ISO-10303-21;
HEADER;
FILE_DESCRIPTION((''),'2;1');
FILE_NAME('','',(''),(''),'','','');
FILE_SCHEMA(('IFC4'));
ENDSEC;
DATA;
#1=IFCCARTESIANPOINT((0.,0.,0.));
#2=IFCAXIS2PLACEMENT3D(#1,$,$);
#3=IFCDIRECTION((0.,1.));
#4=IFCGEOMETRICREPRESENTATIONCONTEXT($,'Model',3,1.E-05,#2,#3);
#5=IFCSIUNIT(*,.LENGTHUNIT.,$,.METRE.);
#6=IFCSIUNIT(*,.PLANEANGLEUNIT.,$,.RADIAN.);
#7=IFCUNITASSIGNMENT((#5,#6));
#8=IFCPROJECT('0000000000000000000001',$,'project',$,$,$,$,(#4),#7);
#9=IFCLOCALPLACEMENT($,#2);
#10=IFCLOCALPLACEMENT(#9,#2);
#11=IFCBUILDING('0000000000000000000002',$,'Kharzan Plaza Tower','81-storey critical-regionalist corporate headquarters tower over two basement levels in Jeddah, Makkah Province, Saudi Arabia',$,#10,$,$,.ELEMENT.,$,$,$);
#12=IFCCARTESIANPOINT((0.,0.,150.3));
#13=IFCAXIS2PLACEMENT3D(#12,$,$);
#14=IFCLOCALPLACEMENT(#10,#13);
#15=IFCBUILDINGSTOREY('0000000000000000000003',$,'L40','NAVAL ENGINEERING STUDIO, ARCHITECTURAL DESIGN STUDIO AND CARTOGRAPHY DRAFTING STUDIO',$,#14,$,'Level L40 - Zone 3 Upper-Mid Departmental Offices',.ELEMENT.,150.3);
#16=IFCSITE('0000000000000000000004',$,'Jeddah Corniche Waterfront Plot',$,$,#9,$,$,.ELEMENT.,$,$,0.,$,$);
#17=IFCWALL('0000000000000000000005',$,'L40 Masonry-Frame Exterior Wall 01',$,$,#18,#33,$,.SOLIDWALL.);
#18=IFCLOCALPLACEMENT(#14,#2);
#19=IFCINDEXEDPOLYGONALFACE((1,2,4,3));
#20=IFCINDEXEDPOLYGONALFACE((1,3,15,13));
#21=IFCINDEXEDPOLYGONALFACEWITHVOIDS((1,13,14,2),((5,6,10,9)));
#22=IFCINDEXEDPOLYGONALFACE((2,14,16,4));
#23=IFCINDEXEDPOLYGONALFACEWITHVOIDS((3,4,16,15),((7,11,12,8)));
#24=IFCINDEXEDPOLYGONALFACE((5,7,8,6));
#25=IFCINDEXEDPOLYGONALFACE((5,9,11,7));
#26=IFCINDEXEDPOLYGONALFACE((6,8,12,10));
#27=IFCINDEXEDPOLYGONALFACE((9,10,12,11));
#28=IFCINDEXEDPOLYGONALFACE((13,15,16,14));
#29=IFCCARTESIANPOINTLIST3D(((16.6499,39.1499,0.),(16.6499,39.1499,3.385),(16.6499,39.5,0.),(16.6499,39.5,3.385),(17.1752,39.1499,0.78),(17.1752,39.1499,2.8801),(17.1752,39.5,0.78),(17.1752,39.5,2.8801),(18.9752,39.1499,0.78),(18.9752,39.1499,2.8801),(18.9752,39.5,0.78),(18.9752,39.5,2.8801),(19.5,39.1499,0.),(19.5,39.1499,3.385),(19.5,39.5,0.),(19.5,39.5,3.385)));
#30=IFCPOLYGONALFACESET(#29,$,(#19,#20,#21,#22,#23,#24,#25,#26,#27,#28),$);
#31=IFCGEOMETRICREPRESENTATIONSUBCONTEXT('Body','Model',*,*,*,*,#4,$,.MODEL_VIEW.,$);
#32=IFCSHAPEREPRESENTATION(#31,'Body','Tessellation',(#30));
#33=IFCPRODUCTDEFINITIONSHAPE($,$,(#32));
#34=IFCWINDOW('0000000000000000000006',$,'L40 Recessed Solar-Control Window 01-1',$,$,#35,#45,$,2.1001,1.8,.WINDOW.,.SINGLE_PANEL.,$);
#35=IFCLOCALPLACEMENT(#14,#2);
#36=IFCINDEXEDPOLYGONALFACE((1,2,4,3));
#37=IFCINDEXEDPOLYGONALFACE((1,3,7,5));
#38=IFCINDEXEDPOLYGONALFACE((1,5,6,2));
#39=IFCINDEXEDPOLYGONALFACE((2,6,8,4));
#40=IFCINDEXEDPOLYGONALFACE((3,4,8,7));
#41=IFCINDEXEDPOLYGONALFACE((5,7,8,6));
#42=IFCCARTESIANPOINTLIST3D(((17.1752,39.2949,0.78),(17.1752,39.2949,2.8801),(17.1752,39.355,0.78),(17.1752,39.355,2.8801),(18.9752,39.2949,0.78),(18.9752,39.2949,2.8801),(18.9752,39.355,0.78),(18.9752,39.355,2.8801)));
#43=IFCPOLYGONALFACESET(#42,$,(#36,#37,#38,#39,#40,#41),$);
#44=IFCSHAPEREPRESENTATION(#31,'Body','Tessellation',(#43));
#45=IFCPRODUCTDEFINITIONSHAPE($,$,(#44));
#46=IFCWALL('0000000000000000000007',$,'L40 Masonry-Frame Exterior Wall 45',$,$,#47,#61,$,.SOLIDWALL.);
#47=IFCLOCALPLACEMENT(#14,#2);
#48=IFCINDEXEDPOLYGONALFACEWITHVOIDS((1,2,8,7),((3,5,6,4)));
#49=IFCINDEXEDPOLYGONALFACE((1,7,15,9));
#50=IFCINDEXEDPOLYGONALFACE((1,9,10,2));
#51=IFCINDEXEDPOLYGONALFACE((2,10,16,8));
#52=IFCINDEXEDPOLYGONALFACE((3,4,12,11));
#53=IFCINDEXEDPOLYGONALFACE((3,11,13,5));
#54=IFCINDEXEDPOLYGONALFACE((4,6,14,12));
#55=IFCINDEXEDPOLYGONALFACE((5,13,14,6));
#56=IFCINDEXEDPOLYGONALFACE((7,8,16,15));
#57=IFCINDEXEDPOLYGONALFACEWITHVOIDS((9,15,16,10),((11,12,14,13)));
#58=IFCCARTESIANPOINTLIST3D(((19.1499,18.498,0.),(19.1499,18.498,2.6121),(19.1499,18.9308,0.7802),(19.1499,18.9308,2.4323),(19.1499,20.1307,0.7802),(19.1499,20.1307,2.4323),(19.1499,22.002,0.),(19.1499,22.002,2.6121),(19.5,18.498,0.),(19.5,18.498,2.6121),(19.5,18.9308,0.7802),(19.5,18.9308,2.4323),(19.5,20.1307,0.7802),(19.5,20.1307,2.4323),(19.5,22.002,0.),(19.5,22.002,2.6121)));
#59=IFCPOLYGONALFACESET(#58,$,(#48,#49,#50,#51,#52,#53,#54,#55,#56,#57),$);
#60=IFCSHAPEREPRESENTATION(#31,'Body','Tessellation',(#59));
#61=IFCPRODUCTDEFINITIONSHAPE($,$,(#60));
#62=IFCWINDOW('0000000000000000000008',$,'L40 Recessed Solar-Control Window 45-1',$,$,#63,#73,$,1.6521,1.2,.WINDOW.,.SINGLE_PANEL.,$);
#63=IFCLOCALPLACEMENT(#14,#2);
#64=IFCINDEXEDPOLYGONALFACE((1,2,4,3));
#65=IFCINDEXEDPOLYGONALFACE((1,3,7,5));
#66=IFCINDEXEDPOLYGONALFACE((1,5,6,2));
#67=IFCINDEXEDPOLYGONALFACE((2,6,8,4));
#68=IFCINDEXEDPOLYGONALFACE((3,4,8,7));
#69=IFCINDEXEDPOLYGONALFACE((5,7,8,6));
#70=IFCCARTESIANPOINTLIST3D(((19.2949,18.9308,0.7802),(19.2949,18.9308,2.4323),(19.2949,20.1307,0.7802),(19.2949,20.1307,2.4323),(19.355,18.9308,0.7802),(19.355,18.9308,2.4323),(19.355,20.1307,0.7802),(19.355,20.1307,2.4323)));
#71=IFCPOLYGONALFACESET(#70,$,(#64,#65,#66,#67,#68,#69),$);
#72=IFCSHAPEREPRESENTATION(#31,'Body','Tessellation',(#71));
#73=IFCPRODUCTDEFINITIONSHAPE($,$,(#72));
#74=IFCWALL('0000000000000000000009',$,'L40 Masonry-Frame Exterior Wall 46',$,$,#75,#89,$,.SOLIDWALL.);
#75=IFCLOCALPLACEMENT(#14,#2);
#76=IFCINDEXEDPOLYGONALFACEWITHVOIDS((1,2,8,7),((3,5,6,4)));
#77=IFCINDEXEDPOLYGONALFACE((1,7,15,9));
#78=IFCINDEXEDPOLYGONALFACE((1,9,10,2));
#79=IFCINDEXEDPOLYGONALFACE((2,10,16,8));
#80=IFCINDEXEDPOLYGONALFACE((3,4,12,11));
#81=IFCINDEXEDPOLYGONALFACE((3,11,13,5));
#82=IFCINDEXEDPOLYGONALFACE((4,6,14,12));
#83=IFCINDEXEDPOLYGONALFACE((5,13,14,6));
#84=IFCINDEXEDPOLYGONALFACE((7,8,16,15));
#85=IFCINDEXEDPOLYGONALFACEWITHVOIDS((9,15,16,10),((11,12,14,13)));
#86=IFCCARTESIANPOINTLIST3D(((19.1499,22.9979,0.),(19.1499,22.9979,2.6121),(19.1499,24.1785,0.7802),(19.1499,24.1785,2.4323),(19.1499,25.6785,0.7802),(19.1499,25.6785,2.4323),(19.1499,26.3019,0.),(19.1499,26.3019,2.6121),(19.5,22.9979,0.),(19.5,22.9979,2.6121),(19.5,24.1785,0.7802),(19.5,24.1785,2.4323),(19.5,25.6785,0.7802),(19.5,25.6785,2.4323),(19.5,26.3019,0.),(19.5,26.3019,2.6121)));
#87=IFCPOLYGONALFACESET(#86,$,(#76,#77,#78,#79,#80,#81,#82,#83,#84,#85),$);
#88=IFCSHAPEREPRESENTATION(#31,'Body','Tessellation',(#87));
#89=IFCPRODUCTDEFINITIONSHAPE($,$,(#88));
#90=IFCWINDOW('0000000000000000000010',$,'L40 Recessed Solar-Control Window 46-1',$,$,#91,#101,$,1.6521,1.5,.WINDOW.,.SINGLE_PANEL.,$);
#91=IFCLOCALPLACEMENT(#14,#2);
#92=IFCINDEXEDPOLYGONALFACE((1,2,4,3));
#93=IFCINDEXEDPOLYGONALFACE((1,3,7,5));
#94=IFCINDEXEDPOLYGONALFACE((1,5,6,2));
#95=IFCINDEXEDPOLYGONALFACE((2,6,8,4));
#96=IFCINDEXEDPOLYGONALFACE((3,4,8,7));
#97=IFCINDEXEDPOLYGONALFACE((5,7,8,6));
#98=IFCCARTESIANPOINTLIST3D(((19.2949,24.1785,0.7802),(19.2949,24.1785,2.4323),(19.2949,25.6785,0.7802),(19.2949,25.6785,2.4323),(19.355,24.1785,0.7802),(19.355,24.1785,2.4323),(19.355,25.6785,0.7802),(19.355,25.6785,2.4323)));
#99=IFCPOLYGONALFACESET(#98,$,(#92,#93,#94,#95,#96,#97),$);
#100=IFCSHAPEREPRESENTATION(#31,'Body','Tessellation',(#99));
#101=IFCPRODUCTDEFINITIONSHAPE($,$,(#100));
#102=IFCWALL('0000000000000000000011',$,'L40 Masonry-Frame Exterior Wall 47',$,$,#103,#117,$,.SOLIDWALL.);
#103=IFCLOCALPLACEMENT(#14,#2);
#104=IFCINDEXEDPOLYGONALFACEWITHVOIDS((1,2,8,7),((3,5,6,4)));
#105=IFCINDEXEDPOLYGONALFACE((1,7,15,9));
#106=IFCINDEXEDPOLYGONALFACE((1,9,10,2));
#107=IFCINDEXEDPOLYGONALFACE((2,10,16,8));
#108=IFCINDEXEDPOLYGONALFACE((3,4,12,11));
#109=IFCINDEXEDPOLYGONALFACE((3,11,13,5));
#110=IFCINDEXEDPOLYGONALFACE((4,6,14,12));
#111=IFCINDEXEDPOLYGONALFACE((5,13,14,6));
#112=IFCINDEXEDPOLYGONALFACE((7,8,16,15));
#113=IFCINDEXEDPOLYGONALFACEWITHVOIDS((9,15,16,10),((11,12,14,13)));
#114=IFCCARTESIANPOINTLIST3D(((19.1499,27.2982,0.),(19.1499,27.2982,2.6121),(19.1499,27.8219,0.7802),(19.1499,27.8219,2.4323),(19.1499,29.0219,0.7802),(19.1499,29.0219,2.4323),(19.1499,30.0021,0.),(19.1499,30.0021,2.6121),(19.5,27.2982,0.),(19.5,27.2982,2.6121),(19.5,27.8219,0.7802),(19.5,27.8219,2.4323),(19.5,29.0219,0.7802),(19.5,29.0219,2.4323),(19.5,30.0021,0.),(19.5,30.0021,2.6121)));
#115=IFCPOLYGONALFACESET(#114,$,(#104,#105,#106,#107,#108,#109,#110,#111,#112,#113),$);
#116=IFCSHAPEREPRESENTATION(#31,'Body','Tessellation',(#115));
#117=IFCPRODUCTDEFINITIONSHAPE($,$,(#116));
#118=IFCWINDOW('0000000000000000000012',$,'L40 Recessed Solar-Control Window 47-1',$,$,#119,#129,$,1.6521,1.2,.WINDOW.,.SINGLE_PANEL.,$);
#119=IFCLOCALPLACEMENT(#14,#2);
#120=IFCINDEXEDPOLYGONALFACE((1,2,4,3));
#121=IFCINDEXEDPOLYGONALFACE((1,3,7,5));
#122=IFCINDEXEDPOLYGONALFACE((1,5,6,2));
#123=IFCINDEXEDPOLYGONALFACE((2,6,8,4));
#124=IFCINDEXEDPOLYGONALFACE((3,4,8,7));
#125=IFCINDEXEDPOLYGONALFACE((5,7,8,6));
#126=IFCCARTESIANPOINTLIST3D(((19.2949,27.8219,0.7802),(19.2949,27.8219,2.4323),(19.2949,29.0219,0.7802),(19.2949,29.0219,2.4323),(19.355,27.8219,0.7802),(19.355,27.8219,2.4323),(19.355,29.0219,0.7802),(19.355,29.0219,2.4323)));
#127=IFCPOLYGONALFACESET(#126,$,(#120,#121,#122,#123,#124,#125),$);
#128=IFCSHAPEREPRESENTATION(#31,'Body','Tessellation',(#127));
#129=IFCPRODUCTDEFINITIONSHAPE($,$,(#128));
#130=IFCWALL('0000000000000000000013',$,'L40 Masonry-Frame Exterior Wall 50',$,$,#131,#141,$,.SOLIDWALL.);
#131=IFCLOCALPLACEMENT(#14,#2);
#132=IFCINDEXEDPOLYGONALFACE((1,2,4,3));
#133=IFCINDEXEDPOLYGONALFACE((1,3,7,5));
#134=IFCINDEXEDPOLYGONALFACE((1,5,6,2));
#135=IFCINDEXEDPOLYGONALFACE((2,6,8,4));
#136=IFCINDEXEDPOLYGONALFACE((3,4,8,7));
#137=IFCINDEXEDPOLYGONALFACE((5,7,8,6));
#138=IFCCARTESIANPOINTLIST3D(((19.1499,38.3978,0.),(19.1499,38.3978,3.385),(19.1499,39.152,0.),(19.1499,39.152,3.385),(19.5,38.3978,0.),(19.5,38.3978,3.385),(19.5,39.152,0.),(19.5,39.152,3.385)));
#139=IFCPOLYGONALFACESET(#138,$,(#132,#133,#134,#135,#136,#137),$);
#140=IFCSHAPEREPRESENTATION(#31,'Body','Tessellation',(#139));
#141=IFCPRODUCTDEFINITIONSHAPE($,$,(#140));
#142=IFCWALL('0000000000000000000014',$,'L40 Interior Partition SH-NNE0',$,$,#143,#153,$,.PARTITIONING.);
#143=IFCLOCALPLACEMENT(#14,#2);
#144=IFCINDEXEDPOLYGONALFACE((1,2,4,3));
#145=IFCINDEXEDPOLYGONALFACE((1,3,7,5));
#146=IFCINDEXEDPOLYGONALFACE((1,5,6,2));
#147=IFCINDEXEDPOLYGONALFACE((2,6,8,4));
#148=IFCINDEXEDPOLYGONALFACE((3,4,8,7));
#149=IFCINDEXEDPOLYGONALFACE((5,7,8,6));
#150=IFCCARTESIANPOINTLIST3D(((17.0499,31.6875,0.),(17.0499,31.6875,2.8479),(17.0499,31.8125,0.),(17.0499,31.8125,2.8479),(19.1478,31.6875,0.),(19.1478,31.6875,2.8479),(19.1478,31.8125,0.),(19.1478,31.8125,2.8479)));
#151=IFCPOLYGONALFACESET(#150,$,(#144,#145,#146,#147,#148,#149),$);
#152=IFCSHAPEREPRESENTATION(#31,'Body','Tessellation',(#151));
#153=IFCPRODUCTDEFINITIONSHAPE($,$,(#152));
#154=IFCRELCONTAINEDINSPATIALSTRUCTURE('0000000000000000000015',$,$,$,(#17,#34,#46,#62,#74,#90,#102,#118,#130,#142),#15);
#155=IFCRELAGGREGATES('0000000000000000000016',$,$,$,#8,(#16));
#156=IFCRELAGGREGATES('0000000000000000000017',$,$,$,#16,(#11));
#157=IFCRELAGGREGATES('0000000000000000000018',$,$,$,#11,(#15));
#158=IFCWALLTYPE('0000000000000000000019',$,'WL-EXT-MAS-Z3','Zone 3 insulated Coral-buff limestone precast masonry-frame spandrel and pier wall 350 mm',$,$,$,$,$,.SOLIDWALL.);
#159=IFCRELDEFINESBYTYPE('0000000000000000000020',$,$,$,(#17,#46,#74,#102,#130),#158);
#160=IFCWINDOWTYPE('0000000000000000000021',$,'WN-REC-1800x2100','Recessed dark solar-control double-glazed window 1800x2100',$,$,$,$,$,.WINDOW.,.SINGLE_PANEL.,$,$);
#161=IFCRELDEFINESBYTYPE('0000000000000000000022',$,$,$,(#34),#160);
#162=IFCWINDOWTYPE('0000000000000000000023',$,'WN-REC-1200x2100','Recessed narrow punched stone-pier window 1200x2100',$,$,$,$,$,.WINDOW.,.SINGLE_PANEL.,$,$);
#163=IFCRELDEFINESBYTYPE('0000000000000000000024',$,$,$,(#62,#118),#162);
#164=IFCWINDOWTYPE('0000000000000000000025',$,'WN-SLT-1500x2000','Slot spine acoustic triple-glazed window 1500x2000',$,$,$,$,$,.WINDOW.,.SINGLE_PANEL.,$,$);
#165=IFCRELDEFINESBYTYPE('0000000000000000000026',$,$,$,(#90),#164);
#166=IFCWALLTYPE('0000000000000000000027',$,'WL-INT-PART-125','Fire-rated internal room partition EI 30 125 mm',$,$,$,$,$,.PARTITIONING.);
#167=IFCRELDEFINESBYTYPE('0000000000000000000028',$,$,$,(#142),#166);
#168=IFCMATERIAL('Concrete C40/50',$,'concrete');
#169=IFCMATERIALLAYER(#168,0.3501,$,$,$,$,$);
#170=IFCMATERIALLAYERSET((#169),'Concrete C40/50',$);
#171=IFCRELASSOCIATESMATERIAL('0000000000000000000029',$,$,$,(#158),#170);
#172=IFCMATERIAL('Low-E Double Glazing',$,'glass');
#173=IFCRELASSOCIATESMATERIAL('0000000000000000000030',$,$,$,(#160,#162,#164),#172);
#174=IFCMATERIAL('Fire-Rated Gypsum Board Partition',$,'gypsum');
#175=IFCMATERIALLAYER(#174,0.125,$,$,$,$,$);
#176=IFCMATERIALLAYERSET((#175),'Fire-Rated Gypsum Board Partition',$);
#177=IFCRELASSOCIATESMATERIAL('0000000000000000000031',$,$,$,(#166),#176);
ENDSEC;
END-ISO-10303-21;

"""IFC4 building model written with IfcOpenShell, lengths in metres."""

from ifc_helpers import new_model, si_unit, direction, frame, frame_2d, origin, place, context, subcontext, project, spatial, rectangle, extrude, source, transform, mapped, material, layer, layer_set, type_object, element, fill, save


model = new_model("IFC4")

# Units and contexts
model_context = context("Model", 3, precision=1e-05, world=origin(), true_north=direction((0.0, 1.0)))
body_context = subcontext(model_context, "Body", "Model", "MODEL_VIEW")
ifc_project = project(units=[si_unit("LENGTHUNIT", "METRE"), si_unit("PLANEANGLEUNIT", "RADIAN")], contexts=[model_context])

# Site, building, storey
site_placement = place(None, origin())
site = spatial("IfcSite", under=ifc_project, at=site_placement, Name="Jeddah Corniche Waterfront Plot", CompositionType="ELEMENT", RefElevation=0.0)
building_placement = place(site_placement, origin())
building = spatial("IfcBuilding", under=site, at=building_placement, Name="Kharzan Plaza Tower", Description="81-storey critical-regionalist corporate headquarters tower over two basement levels in Jeddah, Makkah Province, Saudi Arabia", CompositionType="ELEMENT")
storey_placement = place(building_placement, frame((0.0, 0.0, 150.3)))
storey = spatial("IfcBuildingStorey", under=building, at=storey_placement, Name="L40", Description="NAVAL ENGINEERING STUDIO, ARCHITECTURAL DESIGN STUDIO AND CARTOGRAPHY DRAFTING STUDIO", LongName="Level L40 - Zone 3 Upper-Mid Departmental Offices", CompositionType="ELEMENT", Elevation=150.3)

# Walls, openings, windows
ifc_material_1 = material(Name="Concrete C40/50", Category="concrete")
ifc_layer_1 = layer(ifc_material_1, 0.3501)
ifc_layer_set_1 = layer_set([ifc_layer_1], Name="Concrete C40/50")
wall_type_1 = type_object("IfcWallType", Name="WL-EXT-MAS-Z3", Description="Zone 3 insulated Coral-buff limestone precast masonry-frame spandrel and pier wall 350 mm", PredefinedType="SOLIDWALL", material=ifc_layer_set_1)
wall_1_placement = place(storey_placement, frame((19.5, 39.325, 0.0), z_axis=(0.0, 0.0, 1.0), x_axis=(-1.0, 0.0, 0.0)))
wall_1 = element("IfcWall", 1, at=wall_1_placement, inside=storey, type_object=wall_type_1, Name="L40 Masonry-Frame Exterior Wall 01", PredefinedType="SOLIDWALL", context=body_context, shape_type="SweptSolid", body=[
    extrude(rectangle(XDim=2.8501, YDim=0.3501, at=frame_2d((1.425, 0.0))), origin(), (0.0, 0.0, 1.0), 3.385),
])
opening_1_placement = place(wall_1_placement, frame((0.5249, 0.0, 0.78)))
opening_1 = element("IfcOpeningElement", 2, at=opening_1_placement, cuts=wall_1, PredefinedType="OPENING", context=body_context, shape_type="SweptSolid", body=[
    extrude(rectangle(XDim=1.8, YDim=2.1001, at=frame_2d((0.8999, 1.05))), frame((0.0, 0.1851, 0.0), z_axis=(0.0, -1.0, 0.0), x_axis=(1.0, 0.0, 0.0)), (0.0, 0.0, 1.0), 0.3701),
])
ifc_material_2 = material(Name="Low-E Double Glazing", Category="glass")
window_type_1 = type_object("IfcWindowType", Name="WN-REC-1800x2100", Description="Recessed dark solar-control double-glazed window 1800x2100", PartitioningType="SINGLE_PANEL", PredefinedType="WINDOW", material=ifc_material_2)
shared_shape_1 = source(origin(), body_context, "Body", "SweptSolid", [
    extrude(rectangle(XDim=1.8, YDim=2.1001, at=frame_2d((0.8999, 1.05))), frame((0.0, 0.03, 0.0), z_axis=(0.0, -1.0, 0.0), x_axis=(1.0, 0.0, 0.0)), (0.0, 0.0, 1.0), 0.0601),
])
window_1_placement = place(opening_1_placement, origin())
window_1 = element("IfcWindow", 3, at=window_1_placement, inside=storey, type_object=window_type_1, Name="L40 Recessed Solar-Control Window 01-1", OverallHeight=2.1001, OverallWidth=1.8, PartitioningType="SINGLE_PANEL", PredefinedType="WINDOW", context=body_context, shape_type="MappedRepresentation", body=[
    mapped(shared_shape_1, transform((0.0, 0.0, 0.0), x_axis=(1.0, 0.0, 0.0), y_axis=(0.0, 1.0, 0.0), z_axis=(0.0, 0.0, 1.0))),
])
fill(opening_1, window_1)
wall_2_placement = place(storey_placement, frame((19.325, 18.498, 0.0), z_axis=(0.0, 0.0, 1.0), x_axis=(0.0, 1.0, 0.0)))
wall_2 = element("IfcWall", 4, at=wall_2_placement, inside=storey, type_object=wall_type_1, Name="L40 Masonry-Frame Exterior Wall 45", PredefinedType="SOLIDWALL", context=body_context, shape_type="SweptSolid", body=[
    extrude(rectangle(XDim=3.5039, YDim=0.3501, at=frame_2d((1.752, 0.0))), origin(), (0.0, 0.0, 1.0), 2.6121),
])
opening_2_placement = place(wall_2_placement, frame((0.4326, 0.0, 0.78)))
opening_2 = element("IfcOpeningElement", 5, at=opening_2_placement, cuts=wall_2, PredefinedType="OPENING", context=body_context, shape_type="SweptSolid", body=[
    extrude(rectangle(XDim=1.2, YDim=1.6521, at=frame_2d((0.6001, 0.8262))), frame((0.0, 0.1851, 0.0), z_axis=(0.0, -1.0, 0.0), x_axis=(1.0, 0.0, 0.0)), (0.0, 0.0, 1.0), 0.3701),
])
window_type_2 = type_object("IfcWindowType", Name="WN-REC-1200x2100", Description="Recessed narrow punched stone-pier window 1200x2100", PartitioningType="SINGLE_PANEL", PredefinedType="WINDOW", material=ifc_material_2)
shared_shape_2 = source(origin(), body_context, "Body", "SweptSolid", [
    extrude(rectangle(XDim=1.2, YDim=1.6521, at=frame_2d((0.6001, 0.8262))), frame((0.0, 0.03, 0.0), z_axis=(0.0, -1.0, 0.0), x_axis=(1.0, 0.0, 0.0)), (0.0, 0.0, 1.0), 0.0601),
])
window_2_placement = place(opening_2_placement, origin())
window_2 = element("IfcWindow", 6, at=window_2_placement, inside=storey, type_object=window_type_2, Name="L40 Recessed Solar-Control Window 45-1", OverallHeight=1.6521, OverallWidth=1.2, PartitioningType="SINGLE_PANEL", PredefinedType="WINDOW", context=body_context, shape_type="MappedRepresentation", body=[
    mapped(shared_shape_2, transform((0.0, 0.0, 0.0), x_axis=(1.0, 0.0, 0.0), y_axis=(0.0, 1.0, 0.0), z_axis=(0.0, 0.0, 1.0))),
])
fill(opening_2, window_2)
wall_3_placement = place(storey_placement, frame((19.325, 22.998, 0.0), z_axis=(0.0, 0.0, 1.0), x_axis=(0.0, 1.0, 0.0)))
wall_3 = element("IfcWall", 7, at=wall_3_placement, inside=storey, type_object=wall_type_1, Name="L40 Masonry-Frame Exterior Wall 46", PredefinedType="SOLIDWALL", context=body_context, shape_type="SweptSolid", body=[
    extrude(rectangle(XDim=3.304, YDim=0.3501, at=frame_2d((1.6519, 0.0))), origin(), (0.0, 0.0, 1.0), 2.6121),
])
opening_3_placement = place(wall_3_placement, frame((1.1804, 0.0, 0.78)))
opening_3 = element("IfcOpeningElement", 8, at=opening_3_placement, cuts=wall_3, PredefinedType="OPENING", context=body_context, shape_type="SweptSolid", body=[
    extrude(rectangle(XDim=1.5, YDim=1.6521, at=frame_2d((0.75, 0.8262))), frame((0.0, 0.1851, 0.0), z_axis=(0.0, -1.0, 0.0), x_axis=(1.0, 0.0, 0.0)), (0.0, 0.0, 1.0), 0.3701),
])
window_type_3 = type_object("IfcWindowType", Name="WN-SLT-1500x2000", Description="Slot spine acoustic triple-glazed window 1500x2000", PartitioningType="SINGLE_PANEL", PredefinedType="WINDOW", material=ifc_material_2)
shared_shape_3 = source(origin(), body_context, "Body", "SweptSolid", [
    extrude(rectangle(XDim=1.5, YDim=1.6521, at=frame_2d((0.75, 0.8262))), frame((0.0, 0.03, 0.0), z_axis=(0.0, -1.0, 0.0), x_axis=(1.0, 0.0, 0.0)), (0.0, 0.0, 1.0), 0.0601),
])
window_3_placement = place(opening_3_placement, origin())
window_3 = element("IfcWindow", 9, at=window_3_placement, inside=storey, type_object=window_type_3, Name="L40 Recessed Solar-Control Window 46-1", OverallHeight=1.6521, OverallWidth=1.5, PartitioningType="SINGLE_PANEL", PredefinedType="WINDOW", context=body_context, shape_type="MappedRepresentation", body=[
    mapped(shared_shape_3, transform((0.0, 0.0, 0.0), x_axis=(1.0, 0.0, 0.0), y_axis=(0.0, 1.0, 0.0), z_axis=(0.0, 0.0, 1.0))),
])
fill(opening_3, window_3)
wall_4_placement = place(storey_placement, frame((19.325, 27.2981, 0.0), z_axis=(0.0, 0.0, 1.0), x_axis=(0.0, 1.0, 0.0)))
wall_4 = element("IfcWall", 10, at=wall_4_placement, inside=storey, type_object=wall_type_1, Name="L40 Masonry-Frame Exterior Wall 47", PredefinedType="SOLIDWALL", context=body_context, shape_type="SweptSolid", body=[
    extrude(rectangle(XDim=2.7039, YDim=0.3501, at=frame_2d((1.3521, 0.0))), origin(), (0.0, 0.0, 1.0), 2.6121),
])
opening_4_placement = place(wall_4_placement, frame((0.5237, 0.0, 0.78)))
opening_4 = element("IfcOpeningElement", 11, at=opening_4_placement, cuts=wall_4, PredefinedType="OPENING", context=body_context, shape_type="SweptSolid", body=[
    extrude(rectangle(XDim=1.2, YDim=1.6521, at=frame_2d((0.6001, 0.8262))), frame((0.0, 0.1851, 0.0), z_axis=(0.0, -1.0, 0.0), x_axis=(1.0, 0.0, 0.0)), (0.0, 0.0, 1.0), 0.3701),
])
window_4_placement = place(opening_4_placement, origin())
window_4 = element("IfcWindow", 12, at=window_4_placement, inside=storey, type_object=window_type_2, Name="L40 Recessed Solar-Control Window 47-1", OverallHeight=1.6521, OverallWidth=1.2, PartitioningType="SINGLE_PANEL", PredefinedType="WINDOW", context=body_context, shape_type="MappedRepresentation", body=[
    mapped(shared_shape_2, transform((0.0, 0.0, 0.0), x_axis=(1.0, 0.0, 0.0), y_axis=(0.0, 1.0, 0.0), z_axis=(0.0, 0.0, 1.0))),
])
fill(opening_4, window_4)

# Shared definitions
ifc_material_3 = material(Name="Fire-Rated Gypsum Board Partition", Category="gypsum")
ifc_layer_2 = layer(ifc_material_3, 0.125)
ifc_layer_set_2 = layer_set([ifc_layer_2], Name="Fire-Rated Gypsum Board Partition")
wall_type_2 = type_object("IfcWallType", Name="WL-INT-PART-125", Description="Fire-rated internal room partition EI 30 125 mm", PredefinedType="PARTITIONING", material=ifc_layer_set_2)

# Walls
shared_shape_4 = source(origin(), body_context, "Body", "SweptSolid", [
    extrude(rectangle(XDim=0.7542, YDim=0.3501, at=frame_2d((0.377, 0.0))), origin(), (0.0, 0.0, 1.0), 3.385),
])
wall_5_placement = place(storey_placement, frame((19.325, 38.3979, 0.0), z_axis=(0.0, 0.0, 1.0), x_axis=(0.0, 1.0, 0.0)))
element("IfcWall", 13, at=wall_5_placement, inside=storey, type_object=wall_type_1, Name="L40 Masonry-Frame Exterior Wall 50", PredefinedType="SOLIDWALL", context=body_context, shape_type="MappedRepresentation", body=[
    mapped(shared_shape_4, transform((0.0, 0.0, 0.0), x_axis=(1.0, 0.0, 0.0), y_axis=(0.0, 1.0, 0.0), z_axis=(0.0, 0.0, 1.0))),
])
shared_shape_5 = source(origin(), body_context, "Body", "SweptSolid", [
    extrude(rectangle(XDim=2.0979, YDim=0.125, at=frame_2d((1.0488, 0.0))), origin(), (0.0, 0.0, 1.0), 2.8479),
])
wall_6_placement = place(storey_placement, frame((17.05, 31.75, 0.0), z_axis=(0.0, 0.0, 1.0), x_axis=(1.0, 0.0, 0.0)))
element("IfcWall", 14, at=wall_6_placement, inside=storey, type_object=wall_type_2, Name="L40 Interior Partition SH-NNE0", PredefinedType="PARTITIONING", context=body_context, shape_type="MappedRepresentation", body=[
    mapped(shared_shape_5, transform((0.0, 0.0, 0.0), x_axis=(1.0, 0.0, 0.0), y_axis=(0.0, 1.0, 0.0), z_axis=(0.0, 0.0, 1.0))),
])

save(model, "model.ifc")
